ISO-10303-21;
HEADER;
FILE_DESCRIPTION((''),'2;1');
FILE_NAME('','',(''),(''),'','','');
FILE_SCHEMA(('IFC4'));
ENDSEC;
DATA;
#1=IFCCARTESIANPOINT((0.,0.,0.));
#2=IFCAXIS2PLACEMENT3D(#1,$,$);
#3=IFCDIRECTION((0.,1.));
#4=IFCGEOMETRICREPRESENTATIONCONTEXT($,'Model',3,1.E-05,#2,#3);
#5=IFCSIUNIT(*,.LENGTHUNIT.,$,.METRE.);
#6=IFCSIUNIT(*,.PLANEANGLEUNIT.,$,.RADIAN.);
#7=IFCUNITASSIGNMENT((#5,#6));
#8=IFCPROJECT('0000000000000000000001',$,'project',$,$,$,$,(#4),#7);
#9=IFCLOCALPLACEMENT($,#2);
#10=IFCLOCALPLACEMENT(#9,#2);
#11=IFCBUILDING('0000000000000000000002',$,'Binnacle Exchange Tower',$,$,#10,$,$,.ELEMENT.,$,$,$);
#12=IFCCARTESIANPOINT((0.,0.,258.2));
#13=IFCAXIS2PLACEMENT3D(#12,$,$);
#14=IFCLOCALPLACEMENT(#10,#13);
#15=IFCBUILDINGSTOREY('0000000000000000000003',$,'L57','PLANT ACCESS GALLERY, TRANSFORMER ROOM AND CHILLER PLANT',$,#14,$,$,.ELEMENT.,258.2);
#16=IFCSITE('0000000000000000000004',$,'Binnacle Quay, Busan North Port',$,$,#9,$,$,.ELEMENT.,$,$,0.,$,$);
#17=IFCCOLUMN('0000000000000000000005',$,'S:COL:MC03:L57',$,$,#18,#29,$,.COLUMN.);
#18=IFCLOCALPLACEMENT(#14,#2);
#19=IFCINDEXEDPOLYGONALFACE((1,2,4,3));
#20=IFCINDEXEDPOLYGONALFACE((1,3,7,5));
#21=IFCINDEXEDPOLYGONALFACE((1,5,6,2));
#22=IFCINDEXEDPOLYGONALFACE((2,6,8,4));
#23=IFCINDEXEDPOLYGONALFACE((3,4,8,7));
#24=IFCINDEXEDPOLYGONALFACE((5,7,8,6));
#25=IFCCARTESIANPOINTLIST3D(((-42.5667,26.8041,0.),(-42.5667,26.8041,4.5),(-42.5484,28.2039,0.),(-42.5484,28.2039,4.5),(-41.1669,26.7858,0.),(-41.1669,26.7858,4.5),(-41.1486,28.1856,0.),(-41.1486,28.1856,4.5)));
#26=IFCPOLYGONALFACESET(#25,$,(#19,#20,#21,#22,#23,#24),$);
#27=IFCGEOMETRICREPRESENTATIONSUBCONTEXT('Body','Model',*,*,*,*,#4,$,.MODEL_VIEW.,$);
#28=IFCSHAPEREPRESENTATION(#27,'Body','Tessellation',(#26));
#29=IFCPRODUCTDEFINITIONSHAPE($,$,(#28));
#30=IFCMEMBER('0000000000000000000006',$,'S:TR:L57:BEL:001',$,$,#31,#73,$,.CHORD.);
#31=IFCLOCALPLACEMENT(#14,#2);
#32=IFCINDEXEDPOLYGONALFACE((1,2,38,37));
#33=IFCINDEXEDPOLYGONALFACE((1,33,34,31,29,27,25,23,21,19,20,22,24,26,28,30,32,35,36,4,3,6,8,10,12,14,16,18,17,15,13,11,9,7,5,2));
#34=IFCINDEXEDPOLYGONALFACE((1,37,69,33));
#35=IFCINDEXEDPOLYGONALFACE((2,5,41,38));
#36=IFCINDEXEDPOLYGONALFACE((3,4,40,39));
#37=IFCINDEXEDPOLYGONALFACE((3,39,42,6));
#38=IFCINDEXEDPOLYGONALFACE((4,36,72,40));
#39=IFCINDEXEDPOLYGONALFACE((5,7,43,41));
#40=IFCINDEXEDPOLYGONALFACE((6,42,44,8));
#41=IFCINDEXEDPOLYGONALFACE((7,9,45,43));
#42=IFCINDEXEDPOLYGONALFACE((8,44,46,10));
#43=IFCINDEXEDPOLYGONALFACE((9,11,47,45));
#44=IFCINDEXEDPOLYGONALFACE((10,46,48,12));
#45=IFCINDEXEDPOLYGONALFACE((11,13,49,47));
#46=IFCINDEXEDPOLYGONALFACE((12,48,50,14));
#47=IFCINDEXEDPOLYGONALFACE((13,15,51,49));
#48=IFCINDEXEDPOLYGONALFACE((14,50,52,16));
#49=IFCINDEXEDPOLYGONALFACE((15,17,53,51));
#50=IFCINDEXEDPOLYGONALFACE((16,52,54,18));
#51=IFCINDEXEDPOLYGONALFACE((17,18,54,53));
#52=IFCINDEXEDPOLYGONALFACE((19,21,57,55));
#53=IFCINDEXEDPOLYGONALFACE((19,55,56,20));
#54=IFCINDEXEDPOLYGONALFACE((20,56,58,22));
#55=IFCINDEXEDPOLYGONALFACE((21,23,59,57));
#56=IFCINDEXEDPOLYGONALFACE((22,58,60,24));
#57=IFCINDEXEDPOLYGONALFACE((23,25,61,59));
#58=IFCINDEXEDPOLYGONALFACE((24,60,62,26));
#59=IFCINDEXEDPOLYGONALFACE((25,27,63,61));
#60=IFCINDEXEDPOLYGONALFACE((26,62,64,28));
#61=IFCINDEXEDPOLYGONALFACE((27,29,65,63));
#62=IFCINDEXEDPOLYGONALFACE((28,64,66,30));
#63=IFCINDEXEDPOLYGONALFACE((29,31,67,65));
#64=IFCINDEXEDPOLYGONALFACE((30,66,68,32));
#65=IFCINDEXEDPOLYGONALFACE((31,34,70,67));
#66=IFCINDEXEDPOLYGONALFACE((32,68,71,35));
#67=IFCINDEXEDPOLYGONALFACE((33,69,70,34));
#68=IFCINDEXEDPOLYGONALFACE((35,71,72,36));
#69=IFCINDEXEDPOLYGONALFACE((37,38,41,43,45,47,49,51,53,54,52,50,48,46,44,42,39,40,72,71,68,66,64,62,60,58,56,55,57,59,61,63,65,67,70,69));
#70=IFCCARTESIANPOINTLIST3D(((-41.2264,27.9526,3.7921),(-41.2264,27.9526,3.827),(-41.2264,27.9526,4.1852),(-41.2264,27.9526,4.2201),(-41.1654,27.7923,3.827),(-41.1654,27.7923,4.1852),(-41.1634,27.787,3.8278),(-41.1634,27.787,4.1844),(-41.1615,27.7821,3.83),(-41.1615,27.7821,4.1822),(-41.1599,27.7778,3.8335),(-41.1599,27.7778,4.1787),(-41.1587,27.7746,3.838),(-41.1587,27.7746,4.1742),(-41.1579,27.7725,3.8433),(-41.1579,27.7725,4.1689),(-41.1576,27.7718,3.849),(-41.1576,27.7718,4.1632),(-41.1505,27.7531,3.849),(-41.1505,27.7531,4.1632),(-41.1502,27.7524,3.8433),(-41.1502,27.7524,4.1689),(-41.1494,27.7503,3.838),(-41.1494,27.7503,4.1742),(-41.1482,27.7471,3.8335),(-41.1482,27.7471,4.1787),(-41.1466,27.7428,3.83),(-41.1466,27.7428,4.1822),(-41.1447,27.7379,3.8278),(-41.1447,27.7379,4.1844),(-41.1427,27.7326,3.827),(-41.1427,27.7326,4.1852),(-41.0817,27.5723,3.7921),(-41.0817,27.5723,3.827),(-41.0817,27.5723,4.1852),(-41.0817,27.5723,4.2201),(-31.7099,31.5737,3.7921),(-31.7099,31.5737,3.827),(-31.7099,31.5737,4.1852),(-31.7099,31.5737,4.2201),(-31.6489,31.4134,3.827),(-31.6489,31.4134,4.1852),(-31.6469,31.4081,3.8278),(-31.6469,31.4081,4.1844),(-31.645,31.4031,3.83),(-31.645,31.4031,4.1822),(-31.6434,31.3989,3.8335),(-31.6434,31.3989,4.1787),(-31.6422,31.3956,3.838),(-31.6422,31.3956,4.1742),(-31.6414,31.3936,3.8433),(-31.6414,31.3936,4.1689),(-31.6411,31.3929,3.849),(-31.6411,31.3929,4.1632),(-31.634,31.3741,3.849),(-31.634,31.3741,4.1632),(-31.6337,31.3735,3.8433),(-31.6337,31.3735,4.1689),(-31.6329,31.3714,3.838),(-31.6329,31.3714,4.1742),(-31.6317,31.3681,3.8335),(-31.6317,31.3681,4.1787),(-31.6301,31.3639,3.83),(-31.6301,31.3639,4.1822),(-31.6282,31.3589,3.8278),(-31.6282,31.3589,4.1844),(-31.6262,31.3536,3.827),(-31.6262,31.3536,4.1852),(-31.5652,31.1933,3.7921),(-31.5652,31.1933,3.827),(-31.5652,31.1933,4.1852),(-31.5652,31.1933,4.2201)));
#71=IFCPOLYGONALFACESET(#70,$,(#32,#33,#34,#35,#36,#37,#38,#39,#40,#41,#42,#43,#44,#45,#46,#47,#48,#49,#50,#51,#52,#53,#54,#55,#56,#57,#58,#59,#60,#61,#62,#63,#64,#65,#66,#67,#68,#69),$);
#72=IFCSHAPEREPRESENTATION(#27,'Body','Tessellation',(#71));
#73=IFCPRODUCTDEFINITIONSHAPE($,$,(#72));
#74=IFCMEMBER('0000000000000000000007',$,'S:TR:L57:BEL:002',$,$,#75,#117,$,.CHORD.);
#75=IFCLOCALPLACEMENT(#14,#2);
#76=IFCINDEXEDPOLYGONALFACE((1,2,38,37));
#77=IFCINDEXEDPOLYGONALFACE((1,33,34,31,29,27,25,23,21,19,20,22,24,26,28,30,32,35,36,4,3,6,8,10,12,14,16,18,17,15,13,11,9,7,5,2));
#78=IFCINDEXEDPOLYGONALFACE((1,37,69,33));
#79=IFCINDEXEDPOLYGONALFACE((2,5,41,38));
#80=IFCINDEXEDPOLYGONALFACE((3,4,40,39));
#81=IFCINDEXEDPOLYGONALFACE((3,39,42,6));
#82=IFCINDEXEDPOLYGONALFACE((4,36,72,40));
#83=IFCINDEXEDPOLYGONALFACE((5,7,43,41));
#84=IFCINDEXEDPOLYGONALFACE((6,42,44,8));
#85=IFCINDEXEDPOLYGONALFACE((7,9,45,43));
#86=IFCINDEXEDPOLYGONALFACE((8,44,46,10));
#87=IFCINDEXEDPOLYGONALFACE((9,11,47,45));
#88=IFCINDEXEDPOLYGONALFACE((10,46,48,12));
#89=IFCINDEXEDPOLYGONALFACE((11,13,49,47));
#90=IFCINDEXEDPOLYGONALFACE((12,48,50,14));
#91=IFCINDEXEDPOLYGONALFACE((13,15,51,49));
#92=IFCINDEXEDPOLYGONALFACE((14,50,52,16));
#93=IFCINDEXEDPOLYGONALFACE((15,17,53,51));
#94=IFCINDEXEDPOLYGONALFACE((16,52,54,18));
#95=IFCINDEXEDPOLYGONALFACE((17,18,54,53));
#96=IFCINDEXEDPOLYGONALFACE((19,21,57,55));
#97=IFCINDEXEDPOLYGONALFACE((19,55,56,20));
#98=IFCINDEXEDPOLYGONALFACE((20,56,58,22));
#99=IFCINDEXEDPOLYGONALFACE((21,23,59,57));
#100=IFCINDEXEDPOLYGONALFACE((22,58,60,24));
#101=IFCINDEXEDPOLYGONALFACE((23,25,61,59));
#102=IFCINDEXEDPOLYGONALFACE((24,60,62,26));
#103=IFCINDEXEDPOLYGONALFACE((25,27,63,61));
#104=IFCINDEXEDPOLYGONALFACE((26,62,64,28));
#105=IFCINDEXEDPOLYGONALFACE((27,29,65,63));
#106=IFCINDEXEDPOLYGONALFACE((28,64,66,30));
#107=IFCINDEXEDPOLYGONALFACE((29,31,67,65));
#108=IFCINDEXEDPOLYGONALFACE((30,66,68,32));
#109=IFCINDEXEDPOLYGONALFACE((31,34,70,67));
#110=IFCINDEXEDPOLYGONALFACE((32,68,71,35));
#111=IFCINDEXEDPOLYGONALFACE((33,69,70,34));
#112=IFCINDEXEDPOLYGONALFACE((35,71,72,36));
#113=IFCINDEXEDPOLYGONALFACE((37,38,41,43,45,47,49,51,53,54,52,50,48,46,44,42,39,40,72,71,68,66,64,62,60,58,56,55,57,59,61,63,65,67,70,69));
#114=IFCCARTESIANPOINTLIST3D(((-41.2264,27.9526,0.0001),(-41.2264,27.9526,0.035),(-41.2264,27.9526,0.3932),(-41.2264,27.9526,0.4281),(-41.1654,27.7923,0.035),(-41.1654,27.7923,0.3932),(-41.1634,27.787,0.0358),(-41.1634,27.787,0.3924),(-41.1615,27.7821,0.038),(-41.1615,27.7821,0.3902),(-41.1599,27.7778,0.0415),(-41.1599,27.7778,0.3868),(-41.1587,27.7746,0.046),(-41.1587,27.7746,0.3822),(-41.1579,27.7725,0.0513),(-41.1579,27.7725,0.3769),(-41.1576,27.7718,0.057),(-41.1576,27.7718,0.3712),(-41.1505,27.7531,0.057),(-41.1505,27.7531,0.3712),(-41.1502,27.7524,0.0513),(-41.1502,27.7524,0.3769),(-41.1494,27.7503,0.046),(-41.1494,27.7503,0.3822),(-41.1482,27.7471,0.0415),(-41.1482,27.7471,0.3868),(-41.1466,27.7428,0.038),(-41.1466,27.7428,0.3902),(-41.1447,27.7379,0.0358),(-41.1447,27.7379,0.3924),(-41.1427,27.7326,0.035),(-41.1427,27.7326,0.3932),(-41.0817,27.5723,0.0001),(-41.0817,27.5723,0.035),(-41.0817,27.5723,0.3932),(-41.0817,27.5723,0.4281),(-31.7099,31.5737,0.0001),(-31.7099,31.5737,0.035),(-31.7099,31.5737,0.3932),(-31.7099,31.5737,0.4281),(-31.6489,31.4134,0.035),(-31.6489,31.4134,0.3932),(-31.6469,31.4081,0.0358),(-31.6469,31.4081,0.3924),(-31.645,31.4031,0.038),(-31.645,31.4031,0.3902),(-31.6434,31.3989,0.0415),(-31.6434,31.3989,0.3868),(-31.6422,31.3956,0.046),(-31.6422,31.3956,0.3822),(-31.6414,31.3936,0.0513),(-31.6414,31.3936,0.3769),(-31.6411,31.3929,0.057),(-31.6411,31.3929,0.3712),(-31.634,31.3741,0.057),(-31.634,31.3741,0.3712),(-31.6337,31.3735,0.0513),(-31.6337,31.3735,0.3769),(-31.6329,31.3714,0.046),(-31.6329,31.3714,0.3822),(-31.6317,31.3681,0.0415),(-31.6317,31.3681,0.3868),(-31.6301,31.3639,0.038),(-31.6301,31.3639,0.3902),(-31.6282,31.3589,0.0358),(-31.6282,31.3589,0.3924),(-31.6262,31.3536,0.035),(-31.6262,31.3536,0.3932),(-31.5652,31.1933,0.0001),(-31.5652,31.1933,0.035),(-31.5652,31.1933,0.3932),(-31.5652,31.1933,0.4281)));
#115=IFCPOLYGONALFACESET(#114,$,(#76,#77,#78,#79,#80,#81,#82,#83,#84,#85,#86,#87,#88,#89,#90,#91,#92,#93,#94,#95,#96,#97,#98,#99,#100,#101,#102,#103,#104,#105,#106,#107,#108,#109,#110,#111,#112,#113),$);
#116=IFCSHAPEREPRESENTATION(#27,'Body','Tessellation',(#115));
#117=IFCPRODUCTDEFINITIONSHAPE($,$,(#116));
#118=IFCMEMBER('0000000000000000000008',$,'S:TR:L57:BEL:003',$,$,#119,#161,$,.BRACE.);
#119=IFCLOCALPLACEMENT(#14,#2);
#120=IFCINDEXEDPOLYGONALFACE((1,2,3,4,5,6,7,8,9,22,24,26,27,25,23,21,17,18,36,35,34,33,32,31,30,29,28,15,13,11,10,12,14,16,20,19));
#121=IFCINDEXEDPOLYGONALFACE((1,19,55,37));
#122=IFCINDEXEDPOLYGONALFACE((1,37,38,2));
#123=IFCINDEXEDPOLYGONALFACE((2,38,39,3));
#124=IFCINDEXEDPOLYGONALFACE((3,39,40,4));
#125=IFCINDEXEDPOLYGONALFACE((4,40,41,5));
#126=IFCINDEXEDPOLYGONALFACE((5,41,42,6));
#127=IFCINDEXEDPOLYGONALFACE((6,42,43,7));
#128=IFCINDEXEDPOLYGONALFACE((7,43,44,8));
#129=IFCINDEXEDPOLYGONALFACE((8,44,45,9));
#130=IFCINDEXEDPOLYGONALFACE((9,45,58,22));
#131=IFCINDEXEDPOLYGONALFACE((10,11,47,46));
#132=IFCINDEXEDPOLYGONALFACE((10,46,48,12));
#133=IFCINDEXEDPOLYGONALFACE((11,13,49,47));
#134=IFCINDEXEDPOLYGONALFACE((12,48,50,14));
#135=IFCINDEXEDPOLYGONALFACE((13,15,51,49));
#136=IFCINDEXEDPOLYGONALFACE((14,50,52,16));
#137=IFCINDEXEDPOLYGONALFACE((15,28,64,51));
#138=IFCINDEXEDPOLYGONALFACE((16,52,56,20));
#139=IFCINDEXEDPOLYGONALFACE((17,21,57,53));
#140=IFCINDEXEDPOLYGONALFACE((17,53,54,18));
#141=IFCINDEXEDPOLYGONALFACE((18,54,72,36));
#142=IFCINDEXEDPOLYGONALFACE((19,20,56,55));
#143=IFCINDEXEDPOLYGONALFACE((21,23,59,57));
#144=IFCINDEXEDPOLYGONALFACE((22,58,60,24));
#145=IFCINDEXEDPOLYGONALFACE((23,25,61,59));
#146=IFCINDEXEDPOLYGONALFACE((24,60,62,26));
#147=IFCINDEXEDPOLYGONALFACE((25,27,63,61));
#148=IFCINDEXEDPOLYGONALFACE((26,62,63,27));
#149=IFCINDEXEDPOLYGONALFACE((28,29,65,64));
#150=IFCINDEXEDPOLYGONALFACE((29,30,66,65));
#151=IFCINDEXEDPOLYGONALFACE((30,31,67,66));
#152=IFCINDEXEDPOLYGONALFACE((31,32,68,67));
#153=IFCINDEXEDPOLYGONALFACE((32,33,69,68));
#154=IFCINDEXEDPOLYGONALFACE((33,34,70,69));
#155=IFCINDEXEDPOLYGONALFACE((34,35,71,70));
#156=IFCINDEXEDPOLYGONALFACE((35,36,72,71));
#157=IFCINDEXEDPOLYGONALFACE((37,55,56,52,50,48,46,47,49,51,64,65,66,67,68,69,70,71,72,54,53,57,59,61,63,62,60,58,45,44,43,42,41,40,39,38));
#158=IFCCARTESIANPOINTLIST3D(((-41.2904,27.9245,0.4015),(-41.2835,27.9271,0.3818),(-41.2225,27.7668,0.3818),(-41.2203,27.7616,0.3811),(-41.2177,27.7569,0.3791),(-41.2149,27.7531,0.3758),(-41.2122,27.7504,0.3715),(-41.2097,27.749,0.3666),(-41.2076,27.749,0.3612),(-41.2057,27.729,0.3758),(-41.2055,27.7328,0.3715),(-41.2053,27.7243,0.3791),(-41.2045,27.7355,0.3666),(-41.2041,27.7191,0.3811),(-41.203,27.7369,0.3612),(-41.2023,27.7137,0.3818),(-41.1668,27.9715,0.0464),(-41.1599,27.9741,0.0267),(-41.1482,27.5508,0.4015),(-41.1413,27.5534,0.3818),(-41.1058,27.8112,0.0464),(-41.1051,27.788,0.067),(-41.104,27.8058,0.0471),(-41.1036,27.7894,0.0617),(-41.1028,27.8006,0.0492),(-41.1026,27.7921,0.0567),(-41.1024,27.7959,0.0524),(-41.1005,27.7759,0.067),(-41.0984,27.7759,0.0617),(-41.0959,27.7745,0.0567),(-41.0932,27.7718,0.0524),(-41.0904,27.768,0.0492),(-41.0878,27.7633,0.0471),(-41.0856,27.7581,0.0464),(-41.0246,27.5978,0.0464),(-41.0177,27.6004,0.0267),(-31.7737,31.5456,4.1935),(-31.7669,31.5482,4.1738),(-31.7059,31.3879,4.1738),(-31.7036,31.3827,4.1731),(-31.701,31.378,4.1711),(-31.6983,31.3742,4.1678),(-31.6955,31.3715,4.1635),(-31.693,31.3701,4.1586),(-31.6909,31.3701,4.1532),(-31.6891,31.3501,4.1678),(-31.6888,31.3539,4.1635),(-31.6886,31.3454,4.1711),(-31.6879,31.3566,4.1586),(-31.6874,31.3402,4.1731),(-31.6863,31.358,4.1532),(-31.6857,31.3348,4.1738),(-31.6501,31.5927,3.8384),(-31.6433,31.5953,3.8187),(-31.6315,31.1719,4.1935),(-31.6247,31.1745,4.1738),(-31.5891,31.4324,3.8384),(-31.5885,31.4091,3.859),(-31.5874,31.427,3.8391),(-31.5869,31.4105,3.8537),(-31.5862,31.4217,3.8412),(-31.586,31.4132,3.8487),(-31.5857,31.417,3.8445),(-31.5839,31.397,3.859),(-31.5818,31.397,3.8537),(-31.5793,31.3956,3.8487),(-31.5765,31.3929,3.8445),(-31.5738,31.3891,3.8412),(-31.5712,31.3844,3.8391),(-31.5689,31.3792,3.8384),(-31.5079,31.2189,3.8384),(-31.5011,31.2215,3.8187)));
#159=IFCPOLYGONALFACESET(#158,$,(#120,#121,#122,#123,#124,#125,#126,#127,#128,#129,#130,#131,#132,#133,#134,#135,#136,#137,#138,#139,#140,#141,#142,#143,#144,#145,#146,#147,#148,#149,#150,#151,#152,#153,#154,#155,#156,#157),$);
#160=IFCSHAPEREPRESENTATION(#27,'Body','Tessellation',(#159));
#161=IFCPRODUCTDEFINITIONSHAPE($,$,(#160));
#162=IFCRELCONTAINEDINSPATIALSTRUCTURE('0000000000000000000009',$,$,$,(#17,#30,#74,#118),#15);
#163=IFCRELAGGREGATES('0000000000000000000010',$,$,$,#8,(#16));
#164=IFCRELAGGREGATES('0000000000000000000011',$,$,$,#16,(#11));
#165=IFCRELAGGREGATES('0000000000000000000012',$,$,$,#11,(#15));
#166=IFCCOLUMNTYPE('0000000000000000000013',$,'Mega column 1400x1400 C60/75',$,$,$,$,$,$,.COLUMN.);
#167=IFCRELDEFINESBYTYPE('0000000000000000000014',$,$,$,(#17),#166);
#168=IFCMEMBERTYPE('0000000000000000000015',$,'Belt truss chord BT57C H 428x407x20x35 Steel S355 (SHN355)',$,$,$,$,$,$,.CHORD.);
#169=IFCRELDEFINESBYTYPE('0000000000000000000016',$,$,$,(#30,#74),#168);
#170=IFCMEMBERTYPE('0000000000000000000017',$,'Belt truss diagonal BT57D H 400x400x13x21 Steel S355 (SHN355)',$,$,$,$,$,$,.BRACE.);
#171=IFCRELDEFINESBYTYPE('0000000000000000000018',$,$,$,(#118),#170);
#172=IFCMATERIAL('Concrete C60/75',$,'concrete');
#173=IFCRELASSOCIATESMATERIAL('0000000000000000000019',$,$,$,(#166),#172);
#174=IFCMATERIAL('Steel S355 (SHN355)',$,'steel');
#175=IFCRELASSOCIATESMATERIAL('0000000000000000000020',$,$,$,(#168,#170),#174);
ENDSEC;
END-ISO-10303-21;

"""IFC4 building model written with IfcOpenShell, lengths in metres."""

from ifc_helpers import new_model, si_unit, direction, frame, origin, origin_2d, place, context, subcontext, project, spatial, rectangle, i_section, extrude, material, material_profile, profile_set, type_object, element, save


model = new_model("IFC4")

# Units and contexts
model_context = context("Model", 3, precision=1e-05, world=origin(), true_north=direction((0.0, 1.0)))
body_context = subcontext(model_context, "Body", "Model", "MODEL_VIEW")
ifc_project = project(units=[si_unit("LENGTHUNIT", "METRE"), si_unit("PLANEANGLEUNIT", "RADIAN")], contexts=[model_context])

# Site, building, storey
site_placement = place(None, origin())
site = spatial("IfcSite", under=ifc_project, at=site_placement, Name="Binnacle Quay, Busan North Port", CompositionType="ELEMENT", RefElevation=0.0)
building_placement = place(site_placement, origin())
building = spatial("IfcBuilding", under=site, at=building_placement, Name="Binnacle Exchange Tower", CompositionType="ELEMENT")
storey_placement = place(building_placement, frame((0.0, 0.0, 258.2)))
storey = spatial("IfcBuildingStorey", under=building, at=storey_placement, Name="L57", Description="PLANT ACCESS GALLERY, TRANSFORMER ROOM AND CHILLER PLANT", CompositionType="ELEMENT", Elevation=258.2)

# Column
ifc_material_1 = material(Name="Concrete C60/75", Category="concrete")
ifc_material_profile_1 = material_profile(ifc_material_1, rectangle(XDim=1.3999, YDim=1.3999, at=origin_2d()), Name="Mega column 1400x1400 C60/75")
ifc_profile_set_1 = profile_set([ifc_material_profile_1], Name="Concrete C60/75")
column_type = type_object("IfcColumnType", Name="Mega column 1400x1400 C60/75", PredefinedType="COLUMN", material=ifc_profile_set_1)
column_placement = place(storey_placement, frame((-41.8577, 27.4949, 0.0), z_axis=(0.0, 0.0, 1.0), x_axis=(0.999914, -0.01309, 0.0)))
element("IfcColumn", 1, at=column_placement, inside=storey, type_object=column_type, Name="S:COL:MC03:L57", PredefinedType="COLUMN", context=body_context, shape_type="SweptSolid", body=[
    extrude(rectangle(XDim=1.3999, YDim=1.3999, at=origin_2d()), origin(), (0.0, 0.0, 1.0), 4.5),
])

# Members
ifc_material_2 = material(Name="Steel S355 (SHN355)", Category="steel")
ifc_material_profile_2 = material_profile(ifc_material_2, i_section(OverallWidth=0.407, OverallDepth=0.428, WebThickness=0.02, FlangeThickness=0.0349, FilletRadius=0.022, at=origin_2d()), Name="H 428x407x20x35")
ifc_profile_set_2 = profile_set([ifc_material_profile_2], Name="Steel S355 (SHN355)")
member_type_1 = type_object("IfcMemberType", Name="Belt truss chord BT57C H 428x407x20x35 Steel S355 (SHN355)", PredefinedType="CHORD", material=ifc_profile_set_2)
for number, where, z_axis, x_axis, name in (
    (2, (-41.1541, 27.7625, 4.0061), (0.934627, 0.355628, 0.0), (-0.355628, 0.934627, 0.0), "S:TR:L57:BEL:001"),
    (3, (-41.1541, 27.7625, 0.2141), (0.934627, 0.355628, 0.0), (-0.355628, 0.934627, 0.0), "S:TR:L57:BEL:002"),
):
    element("IfcMember", number, at=place(storey_placement, frame(where, z_axis=z_axis, x_axis=x_axis)), inside=storey, type_object=member_type_1, Name=name, PredefinedType="CHORD", context=body_context, shape_type="SweptSolid", body=[
        extrude(i_section(OverallWidth=0.407, OverallDepth=0.428, WebThickness=0.02, FlangeThickness=0.0349, FilletRadius=0.022, at=origin_2d()), origin(), (0.0, 0.0, 1.0), 10.1821),
    ])
ifc_material_profile_3 = material_profile(ifc_material_2, i_section(OverallWidth=0.3999, OverallDepth=0.3999, WebThickness=0.0129, FlangeThickness=0.021, FilletRadius=0.022, at=origin_2d()), Name="H 400x400x13x21")
ifc_profile_set_3 = profile_set([ifc_material_profile_3], Name="Steel S355 (SHN355)")
member_type_2 = type_object("IfcMemberType", Name="Belt truss diagonal BT57D H 400x400x13x21 Steel S355 (SHN355)", PredefinedType="BRACE", material=ifc_profile_set_3)
member_1_placement = place(storey_placement, frame((-41.1541, 27.7625, 0.2141), z_axis=(0.875862, 0.333268, 0.348997), x_axis=(-0.355628, 0.934627, 0.0)))
element("IfcMember", 4, at=member_1_placement, inside=storey, type_object=member_type_2, Name="S:TR:L57:BEL:003", PredefinedType="BRACE", context=body_context, shape_type="SweptSolid", body=[
    extrude(i_section(OverallWidth=0.3999, OverallDepth=0.3999, WebThickness=0.0129, FlangeThickness=0.021, FilletRadius=0.022, at=origin_2d()), origin(), (0.0, 0.0, 1.0), 10.8655),
])

save(model, "model.ifc")
